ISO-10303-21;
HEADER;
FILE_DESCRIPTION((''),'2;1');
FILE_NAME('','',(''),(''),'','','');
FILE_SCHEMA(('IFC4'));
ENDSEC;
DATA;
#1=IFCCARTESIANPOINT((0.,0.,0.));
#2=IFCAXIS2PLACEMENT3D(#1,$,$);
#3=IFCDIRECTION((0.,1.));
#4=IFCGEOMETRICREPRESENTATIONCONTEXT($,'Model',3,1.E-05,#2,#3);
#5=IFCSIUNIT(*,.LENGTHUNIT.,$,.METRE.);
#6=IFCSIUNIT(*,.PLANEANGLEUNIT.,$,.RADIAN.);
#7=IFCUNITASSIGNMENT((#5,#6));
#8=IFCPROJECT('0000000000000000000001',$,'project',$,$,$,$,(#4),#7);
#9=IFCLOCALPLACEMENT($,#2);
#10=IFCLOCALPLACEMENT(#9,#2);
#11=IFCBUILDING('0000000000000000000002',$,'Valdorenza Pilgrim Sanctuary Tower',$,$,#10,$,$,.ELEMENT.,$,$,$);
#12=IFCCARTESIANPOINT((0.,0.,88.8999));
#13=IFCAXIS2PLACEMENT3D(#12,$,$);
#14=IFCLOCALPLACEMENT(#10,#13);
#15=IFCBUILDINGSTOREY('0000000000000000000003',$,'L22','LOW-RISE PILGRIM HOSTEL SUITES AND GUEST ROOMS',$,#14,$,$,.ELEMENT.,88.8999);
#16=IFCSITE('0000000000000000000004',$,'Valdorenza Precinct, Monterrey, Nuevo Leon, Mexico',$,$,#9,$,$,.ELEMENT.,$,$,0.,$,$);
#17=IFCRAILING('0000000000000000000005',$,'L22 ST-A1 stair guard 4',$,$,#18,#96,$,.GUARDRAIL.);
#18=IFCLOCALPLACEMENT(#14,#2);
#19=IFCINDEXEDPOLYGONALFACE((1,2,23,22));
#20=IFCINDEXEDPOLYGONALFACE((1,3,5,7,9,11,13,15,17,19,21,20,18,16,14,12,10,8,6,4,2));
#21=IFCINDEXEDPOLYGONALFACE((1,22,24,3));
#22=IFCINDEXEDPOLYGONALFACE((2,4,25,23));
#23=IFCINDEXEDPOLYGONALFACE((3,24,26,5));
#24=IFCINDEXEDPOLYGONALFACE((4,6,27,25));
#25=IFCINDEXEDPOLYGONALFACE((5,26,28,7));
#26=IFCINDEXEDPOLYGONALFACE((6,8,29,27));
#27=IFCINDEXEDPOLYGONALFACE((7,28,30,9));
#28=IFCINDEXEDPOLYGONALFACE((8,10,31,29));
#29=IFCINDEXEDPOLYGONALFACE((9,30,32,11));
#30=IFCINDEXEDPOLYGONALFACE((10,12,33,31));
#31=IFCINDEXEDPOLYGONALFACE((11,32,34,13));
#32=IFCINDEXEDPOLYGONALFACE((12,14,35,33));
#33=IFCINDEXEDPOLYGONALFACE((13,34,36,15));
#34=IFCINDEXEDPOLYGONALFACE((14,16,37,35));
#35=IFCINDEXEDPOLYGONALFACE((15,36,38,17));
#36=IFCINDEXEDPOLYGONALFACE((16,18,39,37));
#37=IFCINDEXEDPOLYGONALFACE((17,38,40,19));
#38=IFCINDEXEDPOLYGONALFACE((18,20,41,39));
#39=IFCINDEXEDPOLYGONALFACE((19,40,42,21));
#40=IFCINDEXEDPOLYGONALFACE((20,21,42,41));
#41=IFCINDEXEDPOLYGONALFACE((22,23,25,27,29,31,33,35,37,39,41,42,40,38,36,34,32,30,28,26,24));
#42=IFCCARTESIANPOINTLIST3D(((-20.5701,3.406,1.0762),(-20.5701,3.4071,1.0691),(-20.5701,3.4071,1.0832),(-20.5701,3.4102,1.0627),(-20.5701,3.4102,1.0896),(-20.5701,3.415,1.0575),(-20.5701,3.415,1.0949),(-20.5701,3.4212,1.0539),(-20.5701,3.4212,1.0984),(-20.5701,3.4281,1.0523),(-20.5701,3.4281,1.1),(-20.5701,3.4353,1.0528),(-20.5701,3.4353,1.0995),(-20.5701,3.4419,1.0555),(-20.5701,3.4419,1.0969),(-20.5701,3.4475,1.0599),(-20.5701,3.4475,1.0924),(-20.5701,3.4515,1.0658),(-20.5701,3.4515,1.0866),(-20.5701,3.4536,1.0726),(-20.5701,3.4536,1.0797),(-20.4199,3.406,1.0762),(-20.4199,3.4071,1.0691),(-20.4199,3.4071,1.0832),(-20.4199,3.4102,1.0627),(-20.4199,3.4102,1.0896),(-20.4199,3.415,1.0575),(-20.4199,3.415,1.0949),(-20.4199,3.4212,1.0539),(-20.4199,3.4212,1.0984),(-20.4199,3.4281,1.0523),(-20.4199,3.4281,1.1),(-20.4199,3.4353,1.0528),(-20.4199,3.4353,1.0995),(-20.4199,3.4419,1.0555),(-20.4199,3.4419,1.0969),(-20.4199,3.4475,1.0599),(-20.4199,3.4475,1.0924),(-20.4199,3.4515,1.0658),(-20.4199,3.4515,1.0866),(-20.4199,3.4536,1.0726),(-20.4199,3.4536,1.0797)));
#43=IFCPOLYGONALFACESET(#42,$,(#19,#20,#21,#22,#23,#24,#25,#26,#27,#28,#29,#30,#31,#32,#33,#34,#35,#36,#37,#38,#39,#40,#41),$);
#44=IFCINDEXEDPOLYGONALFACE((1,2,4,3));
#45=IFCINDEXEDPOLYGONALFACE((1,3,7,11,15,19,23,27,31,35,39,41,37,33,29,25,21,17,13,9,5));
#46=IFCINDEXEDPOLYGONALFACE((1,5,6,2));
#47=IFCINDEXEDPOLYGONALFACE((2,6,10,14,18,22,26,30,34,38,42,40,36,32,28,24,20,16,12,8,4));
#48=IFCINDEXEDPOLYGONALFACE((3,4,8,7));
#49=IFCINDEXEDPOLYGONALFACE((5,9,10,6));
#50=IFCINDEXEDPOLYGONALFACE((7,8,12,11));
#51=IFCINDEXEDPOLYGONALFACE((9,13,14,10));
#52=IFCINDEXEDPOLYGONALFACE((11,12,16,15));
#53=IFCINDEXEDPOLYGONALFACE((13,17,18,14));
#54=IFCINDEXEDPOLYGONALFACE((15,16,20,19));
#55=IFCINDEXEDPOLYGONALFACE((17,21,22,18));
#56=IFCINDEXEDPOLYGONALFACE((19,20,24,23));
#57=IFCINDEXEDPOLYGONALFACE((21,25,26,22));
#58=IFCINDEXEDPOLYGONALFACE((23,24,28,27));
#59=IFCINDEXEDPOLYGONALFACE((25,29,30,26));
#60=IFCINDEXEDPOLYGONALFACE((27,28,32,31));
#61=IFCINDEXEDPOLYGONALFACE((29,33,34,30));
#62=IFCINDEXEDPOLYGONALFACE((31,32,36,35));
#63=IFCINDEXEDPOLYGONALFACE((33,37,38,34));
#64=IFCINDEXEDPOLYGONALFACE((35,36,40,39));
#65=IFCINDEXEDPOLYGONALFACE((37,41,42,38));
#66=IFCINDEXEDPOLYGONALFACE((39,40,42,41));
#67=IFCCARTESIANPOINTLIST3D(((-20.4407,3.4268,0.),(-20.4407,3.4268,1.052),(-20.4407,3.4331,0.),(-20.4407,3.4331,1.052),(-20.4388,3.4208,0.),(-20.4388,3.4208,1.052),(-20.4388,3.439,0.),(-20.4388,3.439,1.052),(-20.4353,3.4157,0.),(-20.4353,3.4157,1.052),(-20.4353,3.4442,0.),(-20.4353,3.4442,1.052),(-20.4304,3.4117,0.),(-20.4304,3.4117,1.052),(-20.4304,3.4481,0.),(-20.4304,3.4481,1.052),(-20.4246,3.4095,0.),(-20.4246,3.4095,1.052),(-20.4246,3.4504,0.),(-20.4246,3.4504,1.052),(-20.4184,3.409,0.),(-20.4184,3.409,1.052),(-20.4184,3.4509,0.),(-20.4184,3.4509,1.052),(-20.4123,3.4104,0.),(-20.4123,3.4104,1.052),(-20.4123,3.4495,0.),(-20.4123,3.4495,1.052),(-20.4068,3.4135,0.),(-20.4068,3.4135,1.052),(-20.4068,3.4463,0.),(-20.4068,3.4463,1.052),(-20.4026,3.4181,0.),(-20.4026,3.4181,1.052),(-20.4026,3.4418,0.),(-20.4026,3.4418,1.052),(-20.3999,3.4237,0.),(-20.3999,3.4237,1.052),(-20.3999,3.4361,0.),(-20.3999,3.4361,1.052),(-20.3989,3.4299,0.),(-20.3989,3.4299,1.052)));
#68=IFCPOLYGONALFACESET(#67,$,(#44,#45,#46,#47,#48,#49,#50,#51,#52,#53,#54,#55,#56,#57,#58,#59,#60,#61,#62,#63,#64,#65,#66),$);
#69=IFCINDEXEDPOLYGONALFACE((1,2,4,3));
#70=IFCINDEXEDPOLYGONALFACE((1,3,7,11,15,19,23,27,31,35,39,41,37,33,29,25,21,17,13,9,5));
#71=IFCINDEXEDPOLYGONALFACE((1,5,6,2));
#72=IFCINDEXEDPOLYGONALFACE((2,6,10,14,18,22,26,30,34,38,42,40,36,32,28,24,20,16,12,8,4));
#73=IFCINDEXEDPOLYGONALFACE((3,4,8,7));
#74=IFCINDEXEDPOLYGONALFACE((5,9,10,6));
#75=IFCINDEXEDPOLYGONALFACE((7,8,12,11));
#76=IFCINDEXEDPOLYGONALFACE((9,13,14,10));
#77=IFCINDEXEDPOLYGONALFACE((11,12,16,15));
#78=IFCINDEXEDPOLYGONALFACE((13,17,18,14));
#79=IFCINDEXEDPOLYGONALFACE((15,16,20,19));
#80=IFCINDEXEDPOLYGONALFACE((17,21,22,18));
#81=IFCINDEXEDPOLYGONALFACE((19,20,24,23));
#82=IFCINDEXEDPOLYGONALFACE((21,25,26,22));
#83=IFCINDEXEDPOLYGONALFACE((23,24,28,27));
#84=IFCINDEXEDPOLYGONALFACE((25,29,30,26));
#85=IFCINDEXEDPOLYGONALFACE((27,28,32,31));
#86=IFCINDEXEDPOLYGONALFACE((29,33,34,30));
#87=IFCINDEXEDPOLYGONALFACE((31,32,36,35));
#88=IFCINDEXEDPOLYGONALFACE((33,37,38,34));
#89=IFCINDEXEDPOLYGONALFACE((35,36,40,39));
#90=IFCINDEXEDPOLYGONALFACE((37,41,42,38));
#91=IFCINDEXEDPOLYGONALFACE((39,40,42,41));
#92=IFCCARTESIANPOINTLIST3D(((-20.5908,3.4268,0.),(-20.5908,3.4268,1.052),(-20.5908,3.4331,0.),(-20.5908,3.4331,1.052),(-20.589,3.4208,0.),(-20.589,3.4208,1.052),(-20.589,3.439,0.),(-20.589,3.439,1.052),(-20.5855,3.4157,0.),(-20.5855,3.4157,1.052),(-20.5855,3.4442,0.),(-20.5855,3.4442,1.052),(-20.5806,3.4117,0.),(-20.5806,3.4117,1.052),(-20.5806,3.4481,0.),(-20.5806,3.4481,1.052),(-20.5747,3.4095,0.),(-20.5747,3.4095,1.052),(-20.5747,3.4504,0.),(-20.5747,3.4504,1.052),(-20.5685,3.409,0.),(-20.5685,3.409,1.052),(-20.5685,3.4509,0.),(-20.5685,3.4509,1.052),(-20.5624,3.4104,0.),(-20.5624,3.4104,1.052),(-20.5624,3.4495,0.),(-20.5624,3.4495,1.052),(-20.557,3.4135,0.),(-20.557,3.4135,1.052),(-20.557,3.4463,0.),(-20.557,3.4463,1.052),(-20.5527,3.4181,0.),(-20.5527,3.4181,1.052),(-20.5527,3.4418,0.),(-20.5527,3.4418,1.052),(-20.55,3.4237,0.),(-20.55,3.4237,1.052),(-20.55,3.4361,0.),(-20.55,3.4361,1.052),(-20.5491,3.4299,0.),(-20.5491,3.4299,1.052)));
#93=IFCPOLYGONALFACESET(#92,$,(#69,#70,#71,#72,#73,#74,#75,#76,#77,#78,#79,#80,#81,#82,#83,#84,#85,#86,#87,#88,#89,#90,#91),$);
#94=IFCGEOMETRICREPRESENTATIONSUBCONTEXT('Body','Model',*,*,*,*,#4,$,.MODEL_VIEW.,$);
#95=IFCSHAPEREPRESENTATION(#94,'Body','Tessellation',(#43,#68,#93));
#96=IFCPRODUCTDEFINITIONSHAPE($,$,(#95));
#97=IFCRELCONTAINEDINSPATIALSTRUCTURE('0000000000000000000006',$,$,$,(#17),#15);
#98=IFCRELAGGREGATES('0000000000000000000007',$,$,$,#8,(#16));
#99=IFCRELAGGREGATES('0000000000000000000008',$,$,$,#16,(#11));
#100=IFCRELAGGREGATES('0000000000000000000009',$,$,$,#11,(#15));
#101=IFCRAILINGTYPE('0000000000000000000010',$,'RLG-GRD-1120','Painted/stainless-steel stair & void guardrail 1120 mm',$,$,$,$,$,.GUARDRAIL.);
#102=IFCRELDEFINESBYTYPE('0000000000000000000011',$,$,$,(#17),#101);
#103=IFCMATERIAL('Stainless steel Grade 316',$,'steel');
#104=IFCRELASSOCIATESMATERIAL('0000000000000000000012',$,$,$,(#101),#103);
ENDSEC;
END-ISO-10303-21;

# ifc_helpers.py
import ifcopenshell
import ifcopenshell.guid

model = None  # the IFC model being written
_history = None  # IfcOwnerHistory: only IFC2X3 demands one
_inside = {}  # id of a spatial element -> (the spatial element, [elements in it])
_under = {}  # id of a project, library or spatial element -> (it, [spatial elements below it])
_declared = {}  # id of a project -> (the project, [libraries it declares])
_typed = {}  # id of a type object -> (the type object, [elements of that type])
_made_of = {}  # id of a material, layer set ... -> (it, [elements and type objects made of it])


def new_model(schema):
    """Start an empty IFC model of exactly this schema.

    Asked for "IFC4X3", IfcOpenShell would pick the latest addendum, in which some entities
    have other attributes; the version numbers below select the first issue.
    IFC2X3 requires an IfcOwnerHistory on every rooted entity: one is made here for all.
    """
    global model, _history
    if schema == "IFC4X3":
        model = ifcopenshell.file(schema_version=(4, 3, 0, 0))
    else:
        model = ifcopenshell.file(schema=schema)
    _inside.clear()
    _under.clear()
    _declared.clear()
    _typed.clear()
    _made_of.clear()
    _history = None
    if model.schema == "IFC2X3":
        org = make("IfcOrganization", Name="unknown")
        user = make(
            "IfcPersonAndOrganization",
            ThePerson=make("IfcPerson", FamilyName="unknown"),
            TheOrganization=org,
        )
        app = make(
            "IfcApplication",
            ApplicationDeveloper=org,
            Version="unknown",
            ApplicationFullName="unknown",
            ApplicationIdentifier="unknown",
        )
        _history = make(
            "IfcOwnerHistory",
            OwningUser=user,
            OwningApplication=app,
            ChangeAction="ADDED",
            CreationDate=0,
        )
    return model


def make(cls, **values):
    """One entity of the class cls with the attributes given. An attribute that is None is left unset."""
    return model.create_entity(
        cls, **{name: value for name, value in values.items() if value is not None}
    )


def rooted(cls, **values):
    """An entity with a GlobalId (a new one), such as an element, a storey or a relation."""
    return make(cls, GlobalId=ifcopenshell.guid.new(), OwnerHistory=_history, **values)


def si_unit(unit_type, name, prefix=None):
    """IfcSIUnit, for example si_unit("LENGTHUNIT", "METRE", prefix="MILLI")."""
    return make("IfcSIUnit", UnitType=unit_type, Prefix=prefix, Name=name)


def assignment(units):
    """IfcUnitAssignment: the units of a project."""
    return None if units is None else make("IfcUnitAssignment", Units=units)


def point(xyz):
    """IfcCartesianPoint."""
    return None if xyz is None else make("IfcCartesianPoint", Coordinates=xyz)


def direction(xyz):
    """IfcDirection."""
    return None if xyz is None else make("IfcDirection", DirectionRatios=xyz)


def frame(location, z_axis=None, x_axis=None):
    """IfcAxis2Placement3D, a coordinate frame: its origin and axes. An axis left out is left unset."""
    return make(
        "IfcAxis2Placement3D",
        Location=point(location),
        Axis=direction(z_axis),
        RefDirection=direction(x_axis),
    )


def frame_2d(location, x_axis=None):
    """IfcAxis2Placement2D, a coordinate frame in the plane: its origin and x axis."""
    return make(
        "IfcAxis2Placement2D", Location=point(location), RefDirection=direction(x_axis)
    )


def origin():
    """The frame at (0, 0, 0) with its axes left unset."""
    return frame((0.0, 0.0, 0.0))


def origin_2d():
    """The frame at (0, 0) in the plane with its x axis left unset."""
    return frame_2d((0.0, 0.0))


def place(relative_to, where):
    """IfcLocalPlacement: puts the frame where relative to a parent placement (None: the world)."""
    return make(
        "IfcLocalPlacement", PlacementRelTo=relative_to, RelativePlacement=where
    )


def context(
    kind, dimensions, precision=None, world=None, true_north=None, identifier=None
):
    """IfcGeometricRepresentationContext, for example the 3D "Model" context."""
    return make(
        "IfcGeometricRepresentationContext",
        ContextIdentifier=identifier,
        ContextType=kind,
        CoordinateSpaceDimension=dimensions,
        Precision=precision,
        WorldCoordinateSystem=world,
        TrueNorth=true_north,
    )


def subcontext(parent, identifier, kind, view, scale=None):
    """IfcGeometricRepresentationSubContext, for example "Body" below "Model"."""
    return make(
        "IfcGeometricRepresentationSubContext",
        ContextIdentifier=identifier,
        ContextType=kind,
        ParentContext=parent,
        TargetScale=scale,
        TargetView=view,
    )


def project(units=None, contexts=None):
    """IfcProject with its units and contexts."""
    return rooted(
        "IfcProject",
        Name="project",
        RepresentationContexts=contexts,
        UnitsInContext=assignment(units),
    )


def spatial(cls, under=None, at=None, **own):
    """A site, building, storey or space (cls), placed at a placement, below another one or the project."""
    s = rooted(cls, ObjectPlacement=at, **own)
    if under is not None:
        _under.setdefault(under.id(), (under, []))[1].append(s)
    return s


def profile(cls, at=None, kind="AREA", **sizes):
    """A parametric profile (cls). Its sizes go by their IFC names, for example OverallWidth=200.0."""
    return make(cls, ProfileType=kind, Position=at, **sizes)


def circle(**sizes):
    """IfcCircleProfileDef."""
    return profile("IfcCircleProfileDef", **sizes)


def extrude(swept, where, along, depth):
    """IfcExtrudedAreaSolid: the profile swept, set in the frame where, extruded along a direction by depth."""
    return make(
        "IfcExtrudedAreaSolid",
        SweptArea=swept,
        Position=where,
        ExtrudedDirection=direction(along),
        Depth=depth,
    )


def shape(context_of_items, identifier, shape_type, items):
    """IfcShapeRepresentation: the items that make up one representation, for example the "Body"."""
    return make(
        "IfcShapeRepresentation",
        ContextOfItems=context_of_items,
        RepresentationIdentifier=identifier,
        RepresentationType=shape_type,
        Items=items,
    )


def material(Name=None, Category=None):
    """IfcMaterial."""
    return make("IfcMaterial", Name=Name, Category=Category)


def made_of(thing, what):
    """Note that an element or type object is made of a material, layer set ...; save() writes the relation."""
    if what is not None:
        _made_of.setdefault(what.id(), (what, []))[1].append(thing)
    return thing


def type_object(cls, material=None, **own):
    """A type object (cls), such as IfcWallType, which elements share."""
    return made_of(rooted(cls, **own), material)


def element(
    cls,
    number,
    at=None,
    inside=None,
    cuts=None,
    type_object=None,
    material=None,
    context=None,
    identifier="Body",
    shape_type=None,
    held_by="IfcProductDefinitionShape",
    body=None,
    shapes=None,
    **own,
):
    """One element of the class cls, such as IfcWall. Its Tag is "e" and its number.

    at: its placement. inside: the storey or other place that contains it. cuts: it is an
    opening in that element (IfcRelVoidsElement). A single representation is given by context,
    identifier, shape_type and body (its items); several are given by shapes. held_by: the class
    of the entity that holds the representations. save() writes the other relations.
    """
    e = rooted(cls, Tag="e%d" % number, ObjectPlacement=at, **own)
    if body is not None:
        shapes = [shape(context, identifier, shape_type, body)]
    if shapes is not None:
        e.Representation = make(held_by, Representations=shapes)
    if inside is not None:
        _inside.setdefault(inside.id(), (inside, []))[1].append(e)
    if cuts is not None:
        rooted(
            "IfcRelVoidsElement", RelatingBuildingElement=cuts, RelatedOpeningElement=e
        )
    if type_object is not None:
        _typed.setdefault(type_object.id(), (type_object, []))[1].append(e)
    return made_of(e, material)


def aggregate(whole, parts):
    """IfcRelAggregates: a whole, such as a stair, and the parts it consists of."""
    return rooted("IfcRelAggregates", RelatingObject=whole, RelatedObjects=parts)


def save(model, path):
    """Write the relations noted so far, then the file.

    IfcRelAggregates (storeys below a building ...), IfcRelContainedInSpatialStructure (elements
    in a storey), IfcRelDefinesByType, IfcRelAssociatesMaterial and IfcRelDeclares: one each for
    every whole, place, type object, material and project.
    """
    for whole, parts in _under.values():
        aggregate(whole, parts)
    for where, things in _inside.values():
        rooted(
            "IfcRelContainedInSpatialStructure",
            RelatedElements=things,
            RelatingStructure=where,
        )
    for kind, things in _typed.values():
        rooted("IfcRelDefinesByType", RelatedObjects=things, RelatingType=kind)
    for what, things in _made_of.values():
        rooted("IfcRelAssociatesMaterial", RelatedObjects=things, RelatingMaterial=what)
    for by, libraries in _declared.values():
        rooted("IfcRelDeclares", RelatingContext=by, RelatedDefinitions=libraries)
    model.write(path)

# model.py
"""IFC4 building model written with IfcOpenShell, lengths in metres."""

from ifc_helpers import new_model, si_unit, direction, frame, origin, origin_2d, place, context, subcontext, project, spatial, circle, extrude, material, type_object, element, save


model = new_model("IFC4")

# Units and contexts
model_context = context("Model", 3, precision=1e-05, world=origin(), true_north=direction((0.0, 1.0)))
body_context = subcontext(model_context, "Body", "Model", "MODEL_VIEW")
ifc_project = project(units=[si_unit("LENGTHUNIT", "METRE"), si_unit("PLANEANGLEUNIT", "RADIAN")], contexts=[model_context])

# Site, building, storey
site_placement = place(None, origin())
site = spatial("IfcSite", under=ifc_project, at=site_placement, Name="Valdorenza Precinct, Monterrey, Nuevo Leon, Mexico", CompositionType="ELEMENT", RefElevation=0.0)
building_placement = place(site_placement, origin())
building = spatial("IfcBuilding", under=site, at=building_placement, Name="Valdorenza Pilgrim Sanctuary Tower", CompositionType="ELEMENT")
storey_placement = place(building_placement, frame((0.0, 0.0, 88.8999)))
storey = spatial("IfcBuildingStorey", under=building, at=storey_placement, Name="L22", Description="LOW-RISE PILGRIM HOSTEL SUITES AND GUEST ROOMS", CompositionType="ELEMENT", Elevation=88.8999)

# Railing
ifc_material_1 = material(Name="Stainless steel Grade 316", Category="steel")
railing_type_1 = type_object("IfcRailingType", Name="RLG-GRD-1120", Description="Painted/stainless-steel stair & void guardrail 1120 mm", PredefinedType="GUARDRAIL", material=ifc_material_1)
railing_1_placement = place(storey_placement, frame((-20.4199, 3.4299, 0.0)))
element("IfcRailing", 1, at=railing_1_placement, inside=storey, type_object=railing_type_1, Name="L22 ST-A1 stair guard 4", PredefinedType="GUARDRAIL", context=body_context, shape_type="SweptSolid", body=[
    extrude(circle(Radius=0.0239, at=origin_2d()), frame((0.0, 0.0, 1.0762), z_axis=(-1.0, 0.0, 0.0), x_axis=(0.0, -1.0, 0.0)), (0.0, 0.0, 1.0), 0.1501),
    extrude(circle(Radius=0.021, at=origin_2d()), origin(), (0.0, 0.0, 1.0), 1.052),
    extrude(circle(Radius=0.021, at=origin_2d()), frame((-0.1501, 0.0, 0.0)), (0.0, 0.0, 1.0), 1.052),
])

save(model, "model.ifc")
